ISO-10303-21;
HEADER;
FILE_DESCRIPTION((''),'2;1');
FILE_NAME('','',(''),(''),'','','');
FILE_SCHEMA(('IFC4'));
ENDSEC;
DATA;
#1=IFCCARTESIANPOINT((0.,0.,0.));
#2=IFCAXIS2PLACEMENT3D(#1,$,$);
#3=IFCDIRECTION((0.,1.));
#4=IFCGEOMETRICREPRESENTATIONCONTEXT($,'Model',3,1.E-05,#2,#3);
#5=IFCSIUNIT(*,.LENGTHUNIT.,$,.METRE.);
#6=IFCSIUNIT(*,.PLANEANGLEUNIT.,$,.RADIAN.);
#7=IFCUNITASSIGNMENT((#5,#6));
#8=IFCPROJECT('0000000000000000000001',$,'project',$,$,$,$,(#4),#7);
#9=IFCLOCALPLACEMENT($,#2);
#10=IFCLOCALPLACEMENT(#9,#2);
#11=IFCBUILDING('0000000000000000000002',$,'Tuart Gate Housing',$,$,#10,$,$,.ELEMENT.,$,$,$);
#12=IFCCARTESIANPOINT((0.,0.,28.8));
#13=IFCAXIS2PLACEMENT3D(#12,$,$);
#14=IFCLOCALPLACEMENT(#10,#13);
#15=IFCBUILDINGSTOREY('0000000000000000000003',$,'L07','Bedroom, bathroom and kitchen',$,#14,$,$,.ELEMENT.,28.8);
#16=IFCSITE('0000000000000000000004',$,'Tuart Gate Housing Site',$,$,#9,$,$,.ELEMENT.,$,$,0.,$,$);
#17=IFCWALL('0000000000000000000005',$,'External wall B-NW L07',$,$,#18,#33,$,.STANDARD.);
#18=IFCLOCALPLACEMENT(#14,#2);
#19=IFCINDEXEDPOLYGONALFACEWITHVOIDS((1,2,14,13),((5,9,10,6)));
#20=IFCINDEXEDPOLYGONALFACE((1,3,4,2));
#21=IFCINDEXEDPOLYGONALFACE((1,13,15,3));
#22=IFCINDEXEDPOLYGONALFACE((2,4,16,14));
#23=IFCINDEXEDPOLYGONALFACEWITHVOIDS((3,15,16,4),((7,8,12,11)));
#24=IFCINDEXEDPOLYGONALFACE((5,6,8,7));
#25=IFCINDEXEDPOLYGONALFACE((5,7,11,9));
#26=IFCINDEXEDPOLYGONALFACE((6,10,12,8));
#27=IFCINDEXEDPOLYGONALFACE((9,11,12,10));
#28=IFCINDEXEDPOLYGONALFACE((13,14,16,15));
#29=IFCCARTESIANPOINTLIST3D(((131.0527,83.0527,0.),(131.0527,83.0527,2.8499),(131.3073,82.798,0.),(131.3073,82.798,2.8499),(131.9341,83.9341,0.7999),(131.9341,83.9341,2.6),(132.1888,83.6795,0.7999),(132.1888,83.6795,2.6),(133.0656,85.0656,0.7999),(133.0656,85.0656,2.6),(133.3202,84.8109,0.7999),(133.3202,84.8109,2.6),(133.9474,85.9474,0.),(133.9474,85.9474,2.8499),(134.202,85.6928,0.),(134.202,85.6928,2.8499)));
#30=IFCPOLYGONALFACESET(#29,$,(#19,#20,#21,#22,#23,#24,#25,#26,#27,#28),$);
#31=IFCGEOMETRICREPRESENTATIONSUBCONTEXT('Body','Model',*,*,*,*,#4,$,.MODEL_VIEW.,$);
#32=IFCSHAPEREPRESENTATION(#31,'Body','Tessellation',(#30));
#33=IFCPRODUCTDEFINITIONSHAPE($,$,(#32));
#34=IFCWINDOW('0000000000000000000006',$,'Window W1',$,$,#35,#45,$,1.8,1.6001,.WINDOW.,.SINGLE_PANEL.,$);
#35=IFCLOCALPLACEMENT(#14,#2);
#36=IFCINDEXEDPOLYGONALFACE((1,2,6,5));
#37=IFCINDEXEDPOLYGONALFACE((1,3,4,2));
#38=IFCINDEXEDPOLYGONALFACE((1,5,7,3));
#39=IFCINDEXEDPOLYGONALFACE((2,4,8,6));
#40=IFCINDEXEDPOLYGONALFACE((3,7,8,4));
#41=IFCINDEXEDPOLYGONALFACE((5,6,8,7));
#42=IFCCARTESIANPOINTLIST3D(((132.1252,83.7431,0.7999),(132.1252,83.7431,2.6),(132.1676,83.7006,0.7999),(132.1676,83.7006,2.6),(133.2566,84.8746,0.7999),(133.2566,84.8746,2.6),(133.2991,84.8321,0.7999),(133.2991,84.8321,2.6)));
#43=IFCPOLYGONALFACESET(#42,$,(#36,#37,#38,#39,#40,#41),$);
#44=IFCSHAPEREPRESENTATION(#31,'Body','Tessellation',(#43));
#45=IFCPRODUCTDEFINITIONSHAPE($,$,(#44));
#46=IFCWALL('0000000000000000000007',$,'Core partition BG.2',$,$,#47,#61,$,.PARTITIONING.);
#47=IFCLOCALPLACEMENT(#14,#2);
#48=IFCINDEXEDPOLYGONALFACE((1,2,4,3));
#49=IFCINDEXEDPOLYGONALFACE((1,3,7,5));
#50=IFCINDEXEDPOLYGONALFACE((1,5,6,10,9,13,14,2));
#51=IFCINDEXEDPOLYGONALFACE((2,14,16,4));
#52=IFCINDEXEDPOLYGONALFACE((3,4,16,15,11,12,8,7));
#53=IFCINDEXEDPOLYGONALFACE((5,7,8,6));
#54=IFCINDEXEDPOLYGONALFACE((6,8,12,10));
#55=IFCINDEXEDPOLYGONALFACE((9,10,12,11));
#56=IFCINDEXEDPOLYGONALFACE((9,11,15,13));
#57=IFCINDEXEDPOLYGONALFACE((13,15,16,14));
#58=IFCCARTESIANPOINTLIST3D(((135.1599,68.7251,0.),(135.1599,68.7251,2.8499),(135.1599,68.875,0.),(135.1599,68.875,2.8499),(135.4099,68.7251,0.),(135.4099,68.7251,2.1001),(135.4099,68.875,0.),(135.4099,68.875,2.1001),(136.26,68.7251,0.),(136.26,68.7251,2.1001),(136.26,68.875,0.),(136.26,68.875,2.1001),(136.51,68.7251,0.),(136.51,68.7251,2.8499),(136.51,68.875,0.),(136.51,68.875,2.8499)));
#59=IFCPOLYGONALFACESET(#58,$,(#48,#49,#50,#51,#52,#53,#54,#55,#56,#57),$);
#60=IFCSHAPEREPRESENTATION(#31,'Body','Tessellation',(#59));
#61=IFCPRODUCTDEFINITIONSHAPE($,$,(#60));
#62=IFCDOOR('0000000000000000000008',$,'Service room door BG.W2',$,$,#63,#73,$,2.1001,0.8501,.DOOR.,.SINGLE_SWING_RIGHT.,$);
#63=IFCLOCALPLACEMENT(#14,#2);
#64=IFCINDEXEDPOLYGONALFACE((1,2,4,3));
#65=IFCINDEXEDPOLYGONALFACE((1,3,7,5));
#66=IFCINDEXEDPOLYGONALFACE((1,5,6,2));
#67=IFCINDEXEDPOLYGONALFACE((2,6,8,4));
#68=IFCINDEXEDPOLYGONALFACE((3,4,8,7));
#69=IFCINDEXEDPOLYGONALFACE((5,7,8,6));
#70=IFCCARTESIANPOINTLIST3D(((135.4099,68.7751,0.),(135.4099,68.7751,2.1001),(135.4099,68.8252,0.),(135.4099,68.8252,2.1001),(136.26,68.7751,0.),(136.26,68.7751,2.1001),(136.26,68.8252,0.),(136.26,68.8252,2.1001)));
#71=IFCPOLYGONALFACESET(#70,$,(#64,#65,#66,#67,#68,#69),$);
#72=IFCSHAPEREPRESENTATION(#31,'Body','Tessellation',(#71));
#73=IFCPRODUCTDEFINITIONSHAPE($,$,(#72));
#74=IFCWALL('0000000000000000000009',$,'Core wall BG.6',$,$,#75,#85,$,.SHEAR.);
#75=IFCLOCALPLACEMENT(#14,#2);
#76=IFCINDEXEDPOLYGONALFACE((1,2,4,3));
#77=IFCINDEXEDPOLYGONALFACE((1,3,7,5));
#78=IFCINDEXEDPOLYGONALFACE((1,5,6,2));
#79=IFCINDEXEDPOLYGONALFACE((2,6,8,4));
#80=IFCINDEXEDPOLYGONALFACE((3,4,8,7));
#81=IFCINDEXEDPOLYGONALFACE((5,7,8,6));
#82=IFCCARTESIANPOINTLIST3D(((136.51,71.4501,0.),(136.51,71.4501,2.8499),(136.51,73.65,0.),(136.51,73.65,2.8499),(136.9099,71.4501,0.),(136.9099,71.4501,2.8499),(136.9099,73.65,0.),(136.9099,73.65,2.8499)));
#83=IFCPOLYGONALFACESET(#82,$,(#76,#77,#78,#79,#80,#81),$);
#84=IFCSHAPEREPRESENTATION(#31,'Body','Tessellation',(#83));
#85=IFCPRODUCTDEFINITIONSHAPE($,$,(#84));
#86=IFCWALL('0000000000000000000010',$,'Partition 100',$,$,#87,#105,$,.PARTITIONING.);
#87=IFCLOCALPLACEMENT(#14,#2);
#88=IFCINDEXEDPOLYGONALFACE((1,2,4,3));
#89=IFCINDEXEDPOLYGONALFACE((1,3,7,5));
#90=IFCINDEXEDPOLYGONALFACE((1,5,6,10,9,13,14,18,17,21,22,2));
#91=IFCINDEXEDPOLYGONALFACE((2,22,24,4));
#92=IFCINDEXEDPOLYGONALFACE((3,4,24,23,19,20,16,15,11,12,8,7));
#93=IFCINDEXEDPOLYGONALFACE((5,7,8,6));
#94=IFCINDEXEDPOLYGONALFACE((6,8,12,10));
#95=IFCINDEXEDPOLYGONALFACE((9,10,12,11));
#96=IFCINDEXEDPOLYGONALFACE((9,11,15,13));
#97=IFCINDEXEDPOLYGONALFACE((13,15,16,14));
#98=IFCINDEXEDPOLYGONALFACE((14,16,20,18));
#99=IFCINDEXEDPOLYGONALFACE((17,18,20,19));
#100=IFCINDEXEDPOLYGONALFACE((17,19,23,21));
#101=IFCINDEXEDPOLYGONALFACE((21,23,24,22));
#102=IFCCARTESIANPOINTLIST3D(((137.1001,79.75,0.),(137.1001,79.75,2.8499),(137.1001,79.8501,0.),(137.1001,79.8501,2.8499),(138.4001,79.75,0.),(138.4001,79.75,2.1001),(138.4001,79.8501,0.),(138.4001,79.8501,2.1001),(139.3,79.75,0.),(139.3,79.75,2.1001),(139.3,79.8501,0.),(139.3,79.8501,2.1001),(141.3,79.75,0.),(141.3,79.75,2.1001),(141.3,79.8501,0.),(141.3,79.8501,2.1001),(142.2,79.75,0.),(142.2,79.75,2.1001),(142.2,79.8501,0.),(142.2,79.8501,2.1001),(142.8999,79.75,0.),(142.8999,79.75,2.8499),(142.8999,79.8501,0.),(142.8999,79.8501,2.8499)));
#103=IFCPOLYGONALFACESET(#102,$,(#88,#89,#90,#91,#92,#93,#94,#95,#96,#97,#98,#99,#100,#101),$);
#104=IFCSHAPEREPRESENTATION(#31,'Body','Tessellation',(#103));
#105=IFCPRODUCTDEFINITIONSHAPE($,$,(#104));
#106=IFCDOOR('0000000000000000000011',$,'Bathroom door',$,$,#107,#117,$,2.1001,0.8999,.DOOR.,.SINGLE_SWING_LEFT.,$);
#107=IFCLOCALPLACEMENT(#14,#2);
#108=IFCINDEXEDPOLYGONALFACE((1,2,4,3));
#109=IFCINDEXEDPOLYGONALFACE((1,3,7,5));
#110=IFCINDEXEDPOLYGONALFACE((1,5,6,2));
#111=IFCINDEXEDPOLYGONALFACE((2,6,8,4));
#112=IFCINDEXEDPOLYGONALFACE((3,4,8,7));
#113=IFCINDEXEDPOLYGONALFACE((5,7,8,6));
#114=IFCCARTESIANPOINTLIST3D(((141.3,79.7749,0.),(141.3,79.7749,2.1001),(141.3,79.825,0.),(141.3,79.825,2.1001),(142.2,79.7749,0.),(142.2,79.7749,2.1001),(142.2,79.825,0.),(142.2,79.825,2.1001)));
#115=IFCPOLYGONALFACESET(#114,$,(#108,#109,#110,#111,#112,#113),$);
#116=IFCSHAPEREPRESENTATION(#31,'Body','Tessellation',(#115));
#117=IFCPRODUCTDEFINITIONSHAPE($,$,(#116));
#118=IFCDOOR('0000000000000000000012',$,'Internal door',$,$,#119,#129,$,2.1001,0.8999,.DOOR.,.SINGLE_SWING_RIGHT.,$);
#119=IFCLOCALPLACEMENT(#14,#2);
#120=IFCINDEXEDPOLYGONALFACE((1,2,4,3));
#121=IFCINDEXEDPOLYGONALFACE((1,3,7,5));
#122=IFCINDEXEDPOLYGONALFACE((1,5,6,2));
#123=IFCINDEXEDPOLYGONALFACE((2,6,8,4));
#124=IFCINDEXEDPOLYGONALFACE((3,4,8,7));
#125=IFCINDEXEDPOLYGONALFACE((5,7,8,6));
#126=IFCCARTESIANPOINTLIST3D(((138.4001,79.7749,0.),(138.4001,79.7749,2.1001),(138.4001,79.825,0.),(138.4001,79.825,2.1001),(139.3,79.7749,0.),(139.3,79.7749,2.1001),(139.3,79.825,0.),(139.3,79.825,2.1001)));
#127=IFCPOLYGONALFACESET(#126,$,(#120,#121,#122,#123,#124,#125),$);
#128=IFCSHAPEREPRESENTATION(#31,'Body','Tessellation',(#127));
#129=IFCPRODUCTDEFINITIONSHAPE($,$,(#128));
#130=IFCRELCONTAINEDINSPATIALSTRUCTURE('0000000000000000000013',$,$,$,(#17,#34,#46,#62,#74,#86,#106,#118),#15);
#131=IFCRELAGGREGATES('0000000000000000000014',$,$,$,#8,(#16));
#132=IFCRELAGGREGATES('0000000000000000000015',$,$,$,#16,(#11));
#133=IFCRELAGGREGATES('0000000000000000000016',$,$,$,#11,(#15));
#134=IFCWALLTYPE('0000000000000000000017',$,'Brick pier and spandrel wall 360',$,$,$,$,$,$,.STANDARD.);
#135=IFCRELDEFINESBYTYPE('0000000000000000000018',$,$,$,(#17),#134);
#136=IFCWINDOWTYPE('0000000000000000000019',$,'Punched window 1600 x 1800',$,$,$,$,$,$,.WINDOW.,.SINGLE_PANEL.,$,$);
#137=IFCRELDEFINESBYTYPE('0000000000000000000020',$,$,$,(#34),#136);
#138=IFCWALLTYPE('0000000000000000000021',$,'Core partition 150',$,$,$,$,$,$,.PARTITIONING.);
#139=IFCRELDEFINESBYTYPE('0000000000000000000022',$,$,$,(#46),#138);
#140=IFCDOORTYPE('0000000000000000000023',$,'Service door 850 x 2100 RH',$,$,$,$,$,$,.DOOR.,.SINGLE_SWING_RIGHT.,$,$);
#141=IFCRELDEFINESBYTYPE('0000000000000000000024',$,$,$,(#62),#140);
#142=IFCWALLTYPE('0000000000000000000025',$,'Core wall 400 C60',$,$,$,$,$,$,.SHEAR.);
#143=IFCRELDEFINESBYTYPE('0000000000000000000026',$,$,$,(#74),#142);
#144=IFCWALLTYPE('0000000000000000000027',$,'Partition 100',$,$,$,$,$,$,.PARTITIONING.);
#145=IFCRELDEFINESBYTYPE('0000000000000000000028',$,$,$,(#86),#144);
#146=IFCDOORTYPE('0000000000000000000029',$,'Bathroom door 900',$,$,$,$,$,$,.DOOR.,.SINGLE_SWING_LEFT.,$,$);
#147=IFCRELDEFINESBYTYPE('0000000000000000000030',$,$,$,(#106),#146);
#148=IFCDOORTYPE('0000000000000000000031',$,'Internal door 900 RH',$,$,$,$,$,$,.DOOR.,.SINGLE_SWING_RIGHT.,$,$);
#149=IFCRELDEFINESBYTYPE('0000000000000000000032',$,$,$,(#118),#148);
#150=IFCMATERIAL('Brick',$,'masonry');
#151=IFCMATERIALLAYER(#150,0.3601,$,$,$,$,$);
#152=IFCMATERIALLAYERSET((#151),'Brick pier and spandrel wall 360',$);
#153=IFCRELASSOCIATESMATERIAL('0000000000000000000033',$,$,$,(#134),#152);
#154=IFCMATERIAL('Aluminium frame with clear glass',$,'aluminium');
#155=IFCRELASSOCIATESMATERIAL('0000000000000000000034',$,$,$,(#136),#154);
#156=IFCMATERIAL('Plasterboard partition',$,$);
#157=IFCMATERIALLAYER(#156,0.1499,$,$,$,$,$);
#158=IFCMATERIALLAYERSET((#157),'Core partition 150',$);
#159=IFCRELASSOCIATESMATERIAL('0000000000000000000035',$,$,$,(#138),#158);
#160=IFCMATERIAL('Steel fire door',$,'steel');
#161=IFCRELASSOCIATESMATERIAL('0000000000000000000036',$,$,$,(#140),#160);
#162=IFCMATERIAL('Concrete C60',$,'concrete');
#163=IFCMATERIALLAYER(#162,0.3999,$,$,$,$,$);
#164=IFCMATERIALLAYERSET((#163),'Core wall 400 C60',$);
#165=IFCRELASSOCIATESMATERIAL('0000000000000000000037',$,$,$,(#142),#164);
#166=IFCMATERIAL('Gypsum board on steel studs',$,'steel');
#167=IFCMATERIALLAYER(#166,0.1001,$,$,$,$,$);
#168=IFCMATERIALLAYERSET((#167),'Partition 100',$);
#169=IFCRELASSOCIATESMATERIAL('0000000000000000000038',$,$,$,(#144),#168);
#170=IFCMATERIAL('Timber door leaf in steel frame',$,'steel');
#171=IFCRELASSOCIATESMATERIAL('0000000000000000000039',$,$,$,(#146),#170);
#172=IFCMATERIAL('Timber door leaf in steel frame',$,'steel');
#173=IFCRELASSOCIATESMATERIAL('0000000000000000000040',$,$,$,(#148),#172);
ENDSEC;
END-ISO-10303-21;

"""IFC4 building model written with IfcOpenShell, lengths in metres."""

from ifc_helpers import new_model, si_unit, direction, frame, frame_2d, origin, place, context, subcontext, project, spatial, rectangle, extrude, material, layer, layer_set, type_object, element, fill, save


model = new_model("IFC4")

# Units and contexts
model_context = context("Model", 3, precision=1e-05, world=origin(), true_north=direction((0.0, 1.0)))
body_context = subcontext(model_context, "Body", "Model", "MODEL_VIEW")
ifc_project = project(units=[si_unit("LENGTHUNIT", "METRE"), si_unit("PLANEANGLEUNIT", "RADIAN")], contexts=[model_context])

# Site, building, storey
site_placement = place(None, origin())
site = spatial("IfcSite", under=ifc_project, at=site_placement, Name="Tuart Gate Housing Site", CompositionType="ELEMENT", RefElevation=0.0)
building_placement = place(site_placement, origin())
building = spatial("IfcBuilding", under=site, at=building_placement, Name="Tuart Gate Housing", CompositionType="ELEMENT")
storey_placement = place(building_placement, frame((0.0, 0.0, 28.8)))
storey = spatial("IfcBuildingStorey", under=building, at=storey_placement, Name="L07", Description="Bedroom, bathroom and kitchen", CompositionType="ELEMENT", Elevation=28.8)

# Wall, opening, window
ifc_material_1 = material(Name="Brick", Category="masonry")
ifc_layer_1 = layer(ifc_material_1, 0.3601)
ifc_layer_set_1 = layer_set([ifc_layer_1], Name="Brick pier and spandrel wall 360")
wall_type_1 = type_object("IfcWallType", Name="Brick pier and spandrel wall 360", PredefinedType="STANDARD", material=ifc_layer_set_1)
wall_1_placement = place(storey_placement, frame((134.0747, 85.8201, 0.0), z_axis=(0.0, 0.0, 1.0), x_axis=(-0.707107, -0.707107, 0.0)))
wall_1 = element("IfcWall", 1, at=wall_1_placement, inside=storey, type_object=wall_type_1, Name="External wall B-NW L07", PredefinedType="STANDARD", context=body_context, shape_type="SweptSolid", body=[
    extrude(rectangle(XDim=4.0938, YDim=0.3601, at=frame_2d((2.0469, 0.0))), origin(), (0.0, 0.0, 1.0), 2.8499),
])
opening_1_placement = place(wall_1_placement, frame((1.2471, 0.0, 0.8)))
opening_1 = element("IfcOpeningElement", 2, at=opening_1_placement, cuts=wall_1, PredefinedType="OPENING", context=body_context, shape_type="SweptSolid", body=[
    extrude(rectangle(XDim=1.6001, YDim=1.8, at=frame_2d((0.8, 0.8999))), frame((0.0, 0.1899, 0.0), z_axis=(0.0, -1.0, 0.0), x_axis=(1.0, 0.0, 0.0)), (0.0, 0.0, 1.0), 0.3801),
])
ifc_material_2 = material(Name="Aluminium frame with clear glass", Category="aluminium")
window_type = type_object("IfcWindowType", Name="Punched window 1600 x 1800", PartitioningType="SINGLE_PANEL", PredefinedType="WINDOW", material=ifc_material_2)
window_placement = place(opening_1_placement, origin())
window = element("IfcWindow", 3, at=window_placement, inside=storey, type_object=window_type, Name="Window W1", OverallHeight=1.8, OverallWidth=1.6001, PartitioningType="SINGLE_PANEL", PredefinedType="WINDOW", context=body_context, shape_type="SweptSolid", body=[
    extrude(rectangle(XDim=1.6001, YDim=1.8, at=frame_2d((0.8, 0.8999))), frame((0.0, 0.1501, 0.0), z_axis=(0.0, -1.0, 0.0), x_axis=(1.0, 0.0, 0.0)), (0.0, 0.0, 1.0), 0.0601),
])
fill(opening_1, window)

# Wall, opening, door
ifc_material_3 = material(Name="Plasterboard partition")
ifc_layer_2 = layer(ifc_material_3, 0.1499)
ifc_layer_set_2 = layer_set([ifc_layer_2], Name="Core partition 150")
wall_type_2 = type_object("IfcWallType", Name="Core partition 150", PredefinedType="PARTITIONING", material=ifc_layer_set_2)
wall_2_placement = place(storey_placement, frame((136.51, 68.8, 0.0), z_axis=(0.0, 0.0, 1.0), x_axis=(-1.0, 0.0, 0.0)))
wall_2 = element("IfcWall", 4, at=wall_2_placement, inside=storey, type_object=wall_type_2, Name="Core partition BG.2", PredefinedType="PARTITIONING", context=body_context, shape_type="SweptSolid", body=[
    extrude(rectangle(XDim=1.3501, YDim=0.1499, at=frame_2d((0.675, 0.0))), origin(), (0.0, 0.0, 1.0), 2.8499),
])
opening_2_placement = place(wall_2_placement, frame((0.25, 0.0, 0.0)))
opening_2 = element("IfcOpeningElement", 5, at=opening_2_placement, cuts=wall_2, PredefinedType="OPENING", context=body_context, shape_type="SweptSolid", body=[
    extrude(rectangle(XDim=0.8501, YDim=2.1001, at=frame_2d((0.425, 1.05))), frame((0.0, 0.085, 0.0), z_axis=(0.0, -1.0, 0.0), x_axis=(1.0, 0.0, 0.0)), (0.0, 0.0, 1.0), 0.1699),
])
ifc_material_4 = material(Name="Steel fire door", Category="steel")
door_type_1 = type_object("IfcDoorType", Name="Service door 850 x 2100 RH", OperationType="SINGLE_SWING_RIGHT", PredefinedType="DOOR", material=ifc_material_4)
door_1_placement = place(opening_2_placement, frame((0.8501, 0.0, 0.0), z_axis=(0.0, 0.0, 1.0), x_axis=(-1.0, 0.0, 0.0)))
door_1 = element("IfcDoor", 6, at=door_1_placement, inside=storey, type_object=door_type_1, Name="Service room door BG.W2", OperationType="SINGLE_SWING_RIGHT", OverallHeight=2.1001, OverallWidth=0.8501, PredefinedType="DOOR", context=body_context, shape_type="SweptSolid", body=[
    extrude(rectangle(XDim=0.8501, YDim=2.1001, at=frame_2d((0.425, 1.05))), frame((0.0, 0.0251, 0.0), z_axis=(0.0, -1.0, 0.0), x_axis=(1.0, 0.0, 0.0)), (0.0, 0.0, 1.0), 0.05),
])
fill(opening_2, door_1)

# Wall
ifc_material_5 = material(Name="Concrete C60", Category="concrete")
ifc_layer_3 = layer(ifc_material_5, 0.3999)
ifc_layer_set_3 = layer_set([ifc_layer_3], Name="Core wall 400 C60")
wall_type_3 = type_object("IfcWallType", Name="Core wall 400 C60", PredefinedType="SHEAR", material=ifc_layer_set_3)
wall_3_placement = place(storey_placement, frame((136.71, 71.45, 0.0), z_axis=(0.0, 0.0, 1.0), x_axis=(0.0, 1.0, 0.0)))
element("IfcWall", 7, at=wall_3_placement, inside=storey, type_object=wall_type_3, Name="Core wall BG.6", PredefinedType="SHEAR", context=body_context, shape_type="SweptSolid", body=[
    extrude(rectangle(XDim=2.2, YDim=0.3999, at=frame_2d((1.1001, 0.0))), origin(), (0.0, 0.0, 1.0), 2.8499),
])

# Wall, openings, doors
ifc_material_6 = material(Name="Gypsum board on steel studs", Category="steel")
ifc_layer_4 = layer(ifc_material_6, 0.1001)
ifc_layer_set_4 = layer_set([ifc_layer_4], Name="Partition 100")
wall_type_4 = type_object("IfcWallType", Name="Partition 100", PredefinedType="PARTITIONING", material=ifc_layer_set_4)
wall_4_placement = place(storey_placement, frame((137.1001, 79.8, 0.0), z_axis=(0.0, 0.0, 1.0), x_axis=(1.0, 0.0, 0.0)))
wall_4 = element("IfcWall", 8, at=wall_4_placement, inside=storey, type_object=wall_type_4, Name="Partition 100", PredefinedType="PARTITIONING", context=body_context, shape_type="SweptSolid", body=[
    extrude(rectangle(XDim=5.7998, YDim=0.1001, at=frame_2d((2.8999, 0.0))), origin(), (0.0, 0.0, 1.0), 2.8499),
])
opening_3_placement = place(wall_4_placement, frame((1.3, 0.0, 0.0)))
opening_3 = element("IfcOpeningElement", 9, at=opening_3_placement, cuts=wall_4, PredefinedType="OPENING", context=body_context, shape_type="SweptSolid", body=[
    extrude(rectangle(XDim=0.8999, YDim=2.1001, at=frame_2d((0.45, 1.05))), frame((0.0, 0.0601, 0.0), z_axis=(0.0, -1.0, 0.0), x_axis=(1.0, 0.0, 0.0)), (0.0, 0.0, 1.0), 0.1201),
])
opening_4_placement = place(wall_4_placement, frame((4.2, 0.0, 0.0)))
opening_4 = element("IfcOpeningElement", 10, at=opening_4_placement, cuts=wall_4, PredefinedType="OPENING", context=body_context, shape_type="SweptSolid", body=[
    extrude(rectangle(XDim=0.8999, YDim=2.1001, at=frame_2d((0.45, 1.05))), frame((0.0, 0.0601, 0.0), z_axis=(0.0, -1.0, 0.0), x_axis=(1.0, 0.0, 0.0)), (0.0, 0.0, 1.0), 0.1201),
])
ifc_material_7 = material(Name="Timber door leaf in steel frame", Category="steel")
door_type_2 = type_object("IfcDoorType", Name="Bathroom door 900", OperationType="SINGLE_SWING_LEFT", PredefinedType="DOOR", material=ifc_material_7)
door_2_placement = place(opening_4_placement, origin())
door_2 = element("IfcDoor", 11, at=door_2_placement, inside=storey, type_object=door_type_2, Name="Bathroom door", OperationType="SINGLE_SWING_LEFT", OverallHeight=2.1001, OverallWidth=0.8999, PredefinedType="DOOR", context=body_context, shape_type="SweptSolid", body=[
    extrude(rectangle(XDim=0.8999, YDim=2.1001, at=frame_2d((0.45, 1.05))), frame((0.0, 0.0249, 0.0), z_axis=(0.0, -1.0, 0.0), x_axis=(1.0, 0.0, 0.0)), (0.0, 0.0, 1.0), 0.05),
])
fill(opening_4, door_2)
ifc_material_8 = material(Name="Timber door leaf in steel frame", Category="steel")
door_type_3 = type_object("IfcDoorType", Name="Internal door 900 RH", OperationType="SINGLE_SWING_RIGHT", PredefinedType="DOOR", material=ifc_material_8)
door_3_placement = place(opening_3_placement, frame((0.8999, 0.0, 0.0), z_axis=(0.0, 0.0, 1.0), x_axis=(-1.0, 0.0, 0.0)))
door_3 = element("IfcDoor", 12, at=door_3_placement, inside=storey, type_object=door_type_3, Name="Internal door", OperationType="SINGLE_SWING_RIGHT", OverallHeight=2.1001, OverallWidth=0.8999, PredefinedType="DOOR", context=body_context, shape_type="SweptSolid", body=[
    extrude(rectangle(XDim=0.8999, YDim=2.1001, at=frame_2d((0.45, 1.05))), frame((0.0, 0.0251, 0.0), z_axis=(0.0, -1.0, 0.0), x_axis=(1.0, 0.0, 0.0)), (0.0, 0.0, 1.0), 0.05),
])
fill(opening_3, door_3)

save(model, "model.ifc")
